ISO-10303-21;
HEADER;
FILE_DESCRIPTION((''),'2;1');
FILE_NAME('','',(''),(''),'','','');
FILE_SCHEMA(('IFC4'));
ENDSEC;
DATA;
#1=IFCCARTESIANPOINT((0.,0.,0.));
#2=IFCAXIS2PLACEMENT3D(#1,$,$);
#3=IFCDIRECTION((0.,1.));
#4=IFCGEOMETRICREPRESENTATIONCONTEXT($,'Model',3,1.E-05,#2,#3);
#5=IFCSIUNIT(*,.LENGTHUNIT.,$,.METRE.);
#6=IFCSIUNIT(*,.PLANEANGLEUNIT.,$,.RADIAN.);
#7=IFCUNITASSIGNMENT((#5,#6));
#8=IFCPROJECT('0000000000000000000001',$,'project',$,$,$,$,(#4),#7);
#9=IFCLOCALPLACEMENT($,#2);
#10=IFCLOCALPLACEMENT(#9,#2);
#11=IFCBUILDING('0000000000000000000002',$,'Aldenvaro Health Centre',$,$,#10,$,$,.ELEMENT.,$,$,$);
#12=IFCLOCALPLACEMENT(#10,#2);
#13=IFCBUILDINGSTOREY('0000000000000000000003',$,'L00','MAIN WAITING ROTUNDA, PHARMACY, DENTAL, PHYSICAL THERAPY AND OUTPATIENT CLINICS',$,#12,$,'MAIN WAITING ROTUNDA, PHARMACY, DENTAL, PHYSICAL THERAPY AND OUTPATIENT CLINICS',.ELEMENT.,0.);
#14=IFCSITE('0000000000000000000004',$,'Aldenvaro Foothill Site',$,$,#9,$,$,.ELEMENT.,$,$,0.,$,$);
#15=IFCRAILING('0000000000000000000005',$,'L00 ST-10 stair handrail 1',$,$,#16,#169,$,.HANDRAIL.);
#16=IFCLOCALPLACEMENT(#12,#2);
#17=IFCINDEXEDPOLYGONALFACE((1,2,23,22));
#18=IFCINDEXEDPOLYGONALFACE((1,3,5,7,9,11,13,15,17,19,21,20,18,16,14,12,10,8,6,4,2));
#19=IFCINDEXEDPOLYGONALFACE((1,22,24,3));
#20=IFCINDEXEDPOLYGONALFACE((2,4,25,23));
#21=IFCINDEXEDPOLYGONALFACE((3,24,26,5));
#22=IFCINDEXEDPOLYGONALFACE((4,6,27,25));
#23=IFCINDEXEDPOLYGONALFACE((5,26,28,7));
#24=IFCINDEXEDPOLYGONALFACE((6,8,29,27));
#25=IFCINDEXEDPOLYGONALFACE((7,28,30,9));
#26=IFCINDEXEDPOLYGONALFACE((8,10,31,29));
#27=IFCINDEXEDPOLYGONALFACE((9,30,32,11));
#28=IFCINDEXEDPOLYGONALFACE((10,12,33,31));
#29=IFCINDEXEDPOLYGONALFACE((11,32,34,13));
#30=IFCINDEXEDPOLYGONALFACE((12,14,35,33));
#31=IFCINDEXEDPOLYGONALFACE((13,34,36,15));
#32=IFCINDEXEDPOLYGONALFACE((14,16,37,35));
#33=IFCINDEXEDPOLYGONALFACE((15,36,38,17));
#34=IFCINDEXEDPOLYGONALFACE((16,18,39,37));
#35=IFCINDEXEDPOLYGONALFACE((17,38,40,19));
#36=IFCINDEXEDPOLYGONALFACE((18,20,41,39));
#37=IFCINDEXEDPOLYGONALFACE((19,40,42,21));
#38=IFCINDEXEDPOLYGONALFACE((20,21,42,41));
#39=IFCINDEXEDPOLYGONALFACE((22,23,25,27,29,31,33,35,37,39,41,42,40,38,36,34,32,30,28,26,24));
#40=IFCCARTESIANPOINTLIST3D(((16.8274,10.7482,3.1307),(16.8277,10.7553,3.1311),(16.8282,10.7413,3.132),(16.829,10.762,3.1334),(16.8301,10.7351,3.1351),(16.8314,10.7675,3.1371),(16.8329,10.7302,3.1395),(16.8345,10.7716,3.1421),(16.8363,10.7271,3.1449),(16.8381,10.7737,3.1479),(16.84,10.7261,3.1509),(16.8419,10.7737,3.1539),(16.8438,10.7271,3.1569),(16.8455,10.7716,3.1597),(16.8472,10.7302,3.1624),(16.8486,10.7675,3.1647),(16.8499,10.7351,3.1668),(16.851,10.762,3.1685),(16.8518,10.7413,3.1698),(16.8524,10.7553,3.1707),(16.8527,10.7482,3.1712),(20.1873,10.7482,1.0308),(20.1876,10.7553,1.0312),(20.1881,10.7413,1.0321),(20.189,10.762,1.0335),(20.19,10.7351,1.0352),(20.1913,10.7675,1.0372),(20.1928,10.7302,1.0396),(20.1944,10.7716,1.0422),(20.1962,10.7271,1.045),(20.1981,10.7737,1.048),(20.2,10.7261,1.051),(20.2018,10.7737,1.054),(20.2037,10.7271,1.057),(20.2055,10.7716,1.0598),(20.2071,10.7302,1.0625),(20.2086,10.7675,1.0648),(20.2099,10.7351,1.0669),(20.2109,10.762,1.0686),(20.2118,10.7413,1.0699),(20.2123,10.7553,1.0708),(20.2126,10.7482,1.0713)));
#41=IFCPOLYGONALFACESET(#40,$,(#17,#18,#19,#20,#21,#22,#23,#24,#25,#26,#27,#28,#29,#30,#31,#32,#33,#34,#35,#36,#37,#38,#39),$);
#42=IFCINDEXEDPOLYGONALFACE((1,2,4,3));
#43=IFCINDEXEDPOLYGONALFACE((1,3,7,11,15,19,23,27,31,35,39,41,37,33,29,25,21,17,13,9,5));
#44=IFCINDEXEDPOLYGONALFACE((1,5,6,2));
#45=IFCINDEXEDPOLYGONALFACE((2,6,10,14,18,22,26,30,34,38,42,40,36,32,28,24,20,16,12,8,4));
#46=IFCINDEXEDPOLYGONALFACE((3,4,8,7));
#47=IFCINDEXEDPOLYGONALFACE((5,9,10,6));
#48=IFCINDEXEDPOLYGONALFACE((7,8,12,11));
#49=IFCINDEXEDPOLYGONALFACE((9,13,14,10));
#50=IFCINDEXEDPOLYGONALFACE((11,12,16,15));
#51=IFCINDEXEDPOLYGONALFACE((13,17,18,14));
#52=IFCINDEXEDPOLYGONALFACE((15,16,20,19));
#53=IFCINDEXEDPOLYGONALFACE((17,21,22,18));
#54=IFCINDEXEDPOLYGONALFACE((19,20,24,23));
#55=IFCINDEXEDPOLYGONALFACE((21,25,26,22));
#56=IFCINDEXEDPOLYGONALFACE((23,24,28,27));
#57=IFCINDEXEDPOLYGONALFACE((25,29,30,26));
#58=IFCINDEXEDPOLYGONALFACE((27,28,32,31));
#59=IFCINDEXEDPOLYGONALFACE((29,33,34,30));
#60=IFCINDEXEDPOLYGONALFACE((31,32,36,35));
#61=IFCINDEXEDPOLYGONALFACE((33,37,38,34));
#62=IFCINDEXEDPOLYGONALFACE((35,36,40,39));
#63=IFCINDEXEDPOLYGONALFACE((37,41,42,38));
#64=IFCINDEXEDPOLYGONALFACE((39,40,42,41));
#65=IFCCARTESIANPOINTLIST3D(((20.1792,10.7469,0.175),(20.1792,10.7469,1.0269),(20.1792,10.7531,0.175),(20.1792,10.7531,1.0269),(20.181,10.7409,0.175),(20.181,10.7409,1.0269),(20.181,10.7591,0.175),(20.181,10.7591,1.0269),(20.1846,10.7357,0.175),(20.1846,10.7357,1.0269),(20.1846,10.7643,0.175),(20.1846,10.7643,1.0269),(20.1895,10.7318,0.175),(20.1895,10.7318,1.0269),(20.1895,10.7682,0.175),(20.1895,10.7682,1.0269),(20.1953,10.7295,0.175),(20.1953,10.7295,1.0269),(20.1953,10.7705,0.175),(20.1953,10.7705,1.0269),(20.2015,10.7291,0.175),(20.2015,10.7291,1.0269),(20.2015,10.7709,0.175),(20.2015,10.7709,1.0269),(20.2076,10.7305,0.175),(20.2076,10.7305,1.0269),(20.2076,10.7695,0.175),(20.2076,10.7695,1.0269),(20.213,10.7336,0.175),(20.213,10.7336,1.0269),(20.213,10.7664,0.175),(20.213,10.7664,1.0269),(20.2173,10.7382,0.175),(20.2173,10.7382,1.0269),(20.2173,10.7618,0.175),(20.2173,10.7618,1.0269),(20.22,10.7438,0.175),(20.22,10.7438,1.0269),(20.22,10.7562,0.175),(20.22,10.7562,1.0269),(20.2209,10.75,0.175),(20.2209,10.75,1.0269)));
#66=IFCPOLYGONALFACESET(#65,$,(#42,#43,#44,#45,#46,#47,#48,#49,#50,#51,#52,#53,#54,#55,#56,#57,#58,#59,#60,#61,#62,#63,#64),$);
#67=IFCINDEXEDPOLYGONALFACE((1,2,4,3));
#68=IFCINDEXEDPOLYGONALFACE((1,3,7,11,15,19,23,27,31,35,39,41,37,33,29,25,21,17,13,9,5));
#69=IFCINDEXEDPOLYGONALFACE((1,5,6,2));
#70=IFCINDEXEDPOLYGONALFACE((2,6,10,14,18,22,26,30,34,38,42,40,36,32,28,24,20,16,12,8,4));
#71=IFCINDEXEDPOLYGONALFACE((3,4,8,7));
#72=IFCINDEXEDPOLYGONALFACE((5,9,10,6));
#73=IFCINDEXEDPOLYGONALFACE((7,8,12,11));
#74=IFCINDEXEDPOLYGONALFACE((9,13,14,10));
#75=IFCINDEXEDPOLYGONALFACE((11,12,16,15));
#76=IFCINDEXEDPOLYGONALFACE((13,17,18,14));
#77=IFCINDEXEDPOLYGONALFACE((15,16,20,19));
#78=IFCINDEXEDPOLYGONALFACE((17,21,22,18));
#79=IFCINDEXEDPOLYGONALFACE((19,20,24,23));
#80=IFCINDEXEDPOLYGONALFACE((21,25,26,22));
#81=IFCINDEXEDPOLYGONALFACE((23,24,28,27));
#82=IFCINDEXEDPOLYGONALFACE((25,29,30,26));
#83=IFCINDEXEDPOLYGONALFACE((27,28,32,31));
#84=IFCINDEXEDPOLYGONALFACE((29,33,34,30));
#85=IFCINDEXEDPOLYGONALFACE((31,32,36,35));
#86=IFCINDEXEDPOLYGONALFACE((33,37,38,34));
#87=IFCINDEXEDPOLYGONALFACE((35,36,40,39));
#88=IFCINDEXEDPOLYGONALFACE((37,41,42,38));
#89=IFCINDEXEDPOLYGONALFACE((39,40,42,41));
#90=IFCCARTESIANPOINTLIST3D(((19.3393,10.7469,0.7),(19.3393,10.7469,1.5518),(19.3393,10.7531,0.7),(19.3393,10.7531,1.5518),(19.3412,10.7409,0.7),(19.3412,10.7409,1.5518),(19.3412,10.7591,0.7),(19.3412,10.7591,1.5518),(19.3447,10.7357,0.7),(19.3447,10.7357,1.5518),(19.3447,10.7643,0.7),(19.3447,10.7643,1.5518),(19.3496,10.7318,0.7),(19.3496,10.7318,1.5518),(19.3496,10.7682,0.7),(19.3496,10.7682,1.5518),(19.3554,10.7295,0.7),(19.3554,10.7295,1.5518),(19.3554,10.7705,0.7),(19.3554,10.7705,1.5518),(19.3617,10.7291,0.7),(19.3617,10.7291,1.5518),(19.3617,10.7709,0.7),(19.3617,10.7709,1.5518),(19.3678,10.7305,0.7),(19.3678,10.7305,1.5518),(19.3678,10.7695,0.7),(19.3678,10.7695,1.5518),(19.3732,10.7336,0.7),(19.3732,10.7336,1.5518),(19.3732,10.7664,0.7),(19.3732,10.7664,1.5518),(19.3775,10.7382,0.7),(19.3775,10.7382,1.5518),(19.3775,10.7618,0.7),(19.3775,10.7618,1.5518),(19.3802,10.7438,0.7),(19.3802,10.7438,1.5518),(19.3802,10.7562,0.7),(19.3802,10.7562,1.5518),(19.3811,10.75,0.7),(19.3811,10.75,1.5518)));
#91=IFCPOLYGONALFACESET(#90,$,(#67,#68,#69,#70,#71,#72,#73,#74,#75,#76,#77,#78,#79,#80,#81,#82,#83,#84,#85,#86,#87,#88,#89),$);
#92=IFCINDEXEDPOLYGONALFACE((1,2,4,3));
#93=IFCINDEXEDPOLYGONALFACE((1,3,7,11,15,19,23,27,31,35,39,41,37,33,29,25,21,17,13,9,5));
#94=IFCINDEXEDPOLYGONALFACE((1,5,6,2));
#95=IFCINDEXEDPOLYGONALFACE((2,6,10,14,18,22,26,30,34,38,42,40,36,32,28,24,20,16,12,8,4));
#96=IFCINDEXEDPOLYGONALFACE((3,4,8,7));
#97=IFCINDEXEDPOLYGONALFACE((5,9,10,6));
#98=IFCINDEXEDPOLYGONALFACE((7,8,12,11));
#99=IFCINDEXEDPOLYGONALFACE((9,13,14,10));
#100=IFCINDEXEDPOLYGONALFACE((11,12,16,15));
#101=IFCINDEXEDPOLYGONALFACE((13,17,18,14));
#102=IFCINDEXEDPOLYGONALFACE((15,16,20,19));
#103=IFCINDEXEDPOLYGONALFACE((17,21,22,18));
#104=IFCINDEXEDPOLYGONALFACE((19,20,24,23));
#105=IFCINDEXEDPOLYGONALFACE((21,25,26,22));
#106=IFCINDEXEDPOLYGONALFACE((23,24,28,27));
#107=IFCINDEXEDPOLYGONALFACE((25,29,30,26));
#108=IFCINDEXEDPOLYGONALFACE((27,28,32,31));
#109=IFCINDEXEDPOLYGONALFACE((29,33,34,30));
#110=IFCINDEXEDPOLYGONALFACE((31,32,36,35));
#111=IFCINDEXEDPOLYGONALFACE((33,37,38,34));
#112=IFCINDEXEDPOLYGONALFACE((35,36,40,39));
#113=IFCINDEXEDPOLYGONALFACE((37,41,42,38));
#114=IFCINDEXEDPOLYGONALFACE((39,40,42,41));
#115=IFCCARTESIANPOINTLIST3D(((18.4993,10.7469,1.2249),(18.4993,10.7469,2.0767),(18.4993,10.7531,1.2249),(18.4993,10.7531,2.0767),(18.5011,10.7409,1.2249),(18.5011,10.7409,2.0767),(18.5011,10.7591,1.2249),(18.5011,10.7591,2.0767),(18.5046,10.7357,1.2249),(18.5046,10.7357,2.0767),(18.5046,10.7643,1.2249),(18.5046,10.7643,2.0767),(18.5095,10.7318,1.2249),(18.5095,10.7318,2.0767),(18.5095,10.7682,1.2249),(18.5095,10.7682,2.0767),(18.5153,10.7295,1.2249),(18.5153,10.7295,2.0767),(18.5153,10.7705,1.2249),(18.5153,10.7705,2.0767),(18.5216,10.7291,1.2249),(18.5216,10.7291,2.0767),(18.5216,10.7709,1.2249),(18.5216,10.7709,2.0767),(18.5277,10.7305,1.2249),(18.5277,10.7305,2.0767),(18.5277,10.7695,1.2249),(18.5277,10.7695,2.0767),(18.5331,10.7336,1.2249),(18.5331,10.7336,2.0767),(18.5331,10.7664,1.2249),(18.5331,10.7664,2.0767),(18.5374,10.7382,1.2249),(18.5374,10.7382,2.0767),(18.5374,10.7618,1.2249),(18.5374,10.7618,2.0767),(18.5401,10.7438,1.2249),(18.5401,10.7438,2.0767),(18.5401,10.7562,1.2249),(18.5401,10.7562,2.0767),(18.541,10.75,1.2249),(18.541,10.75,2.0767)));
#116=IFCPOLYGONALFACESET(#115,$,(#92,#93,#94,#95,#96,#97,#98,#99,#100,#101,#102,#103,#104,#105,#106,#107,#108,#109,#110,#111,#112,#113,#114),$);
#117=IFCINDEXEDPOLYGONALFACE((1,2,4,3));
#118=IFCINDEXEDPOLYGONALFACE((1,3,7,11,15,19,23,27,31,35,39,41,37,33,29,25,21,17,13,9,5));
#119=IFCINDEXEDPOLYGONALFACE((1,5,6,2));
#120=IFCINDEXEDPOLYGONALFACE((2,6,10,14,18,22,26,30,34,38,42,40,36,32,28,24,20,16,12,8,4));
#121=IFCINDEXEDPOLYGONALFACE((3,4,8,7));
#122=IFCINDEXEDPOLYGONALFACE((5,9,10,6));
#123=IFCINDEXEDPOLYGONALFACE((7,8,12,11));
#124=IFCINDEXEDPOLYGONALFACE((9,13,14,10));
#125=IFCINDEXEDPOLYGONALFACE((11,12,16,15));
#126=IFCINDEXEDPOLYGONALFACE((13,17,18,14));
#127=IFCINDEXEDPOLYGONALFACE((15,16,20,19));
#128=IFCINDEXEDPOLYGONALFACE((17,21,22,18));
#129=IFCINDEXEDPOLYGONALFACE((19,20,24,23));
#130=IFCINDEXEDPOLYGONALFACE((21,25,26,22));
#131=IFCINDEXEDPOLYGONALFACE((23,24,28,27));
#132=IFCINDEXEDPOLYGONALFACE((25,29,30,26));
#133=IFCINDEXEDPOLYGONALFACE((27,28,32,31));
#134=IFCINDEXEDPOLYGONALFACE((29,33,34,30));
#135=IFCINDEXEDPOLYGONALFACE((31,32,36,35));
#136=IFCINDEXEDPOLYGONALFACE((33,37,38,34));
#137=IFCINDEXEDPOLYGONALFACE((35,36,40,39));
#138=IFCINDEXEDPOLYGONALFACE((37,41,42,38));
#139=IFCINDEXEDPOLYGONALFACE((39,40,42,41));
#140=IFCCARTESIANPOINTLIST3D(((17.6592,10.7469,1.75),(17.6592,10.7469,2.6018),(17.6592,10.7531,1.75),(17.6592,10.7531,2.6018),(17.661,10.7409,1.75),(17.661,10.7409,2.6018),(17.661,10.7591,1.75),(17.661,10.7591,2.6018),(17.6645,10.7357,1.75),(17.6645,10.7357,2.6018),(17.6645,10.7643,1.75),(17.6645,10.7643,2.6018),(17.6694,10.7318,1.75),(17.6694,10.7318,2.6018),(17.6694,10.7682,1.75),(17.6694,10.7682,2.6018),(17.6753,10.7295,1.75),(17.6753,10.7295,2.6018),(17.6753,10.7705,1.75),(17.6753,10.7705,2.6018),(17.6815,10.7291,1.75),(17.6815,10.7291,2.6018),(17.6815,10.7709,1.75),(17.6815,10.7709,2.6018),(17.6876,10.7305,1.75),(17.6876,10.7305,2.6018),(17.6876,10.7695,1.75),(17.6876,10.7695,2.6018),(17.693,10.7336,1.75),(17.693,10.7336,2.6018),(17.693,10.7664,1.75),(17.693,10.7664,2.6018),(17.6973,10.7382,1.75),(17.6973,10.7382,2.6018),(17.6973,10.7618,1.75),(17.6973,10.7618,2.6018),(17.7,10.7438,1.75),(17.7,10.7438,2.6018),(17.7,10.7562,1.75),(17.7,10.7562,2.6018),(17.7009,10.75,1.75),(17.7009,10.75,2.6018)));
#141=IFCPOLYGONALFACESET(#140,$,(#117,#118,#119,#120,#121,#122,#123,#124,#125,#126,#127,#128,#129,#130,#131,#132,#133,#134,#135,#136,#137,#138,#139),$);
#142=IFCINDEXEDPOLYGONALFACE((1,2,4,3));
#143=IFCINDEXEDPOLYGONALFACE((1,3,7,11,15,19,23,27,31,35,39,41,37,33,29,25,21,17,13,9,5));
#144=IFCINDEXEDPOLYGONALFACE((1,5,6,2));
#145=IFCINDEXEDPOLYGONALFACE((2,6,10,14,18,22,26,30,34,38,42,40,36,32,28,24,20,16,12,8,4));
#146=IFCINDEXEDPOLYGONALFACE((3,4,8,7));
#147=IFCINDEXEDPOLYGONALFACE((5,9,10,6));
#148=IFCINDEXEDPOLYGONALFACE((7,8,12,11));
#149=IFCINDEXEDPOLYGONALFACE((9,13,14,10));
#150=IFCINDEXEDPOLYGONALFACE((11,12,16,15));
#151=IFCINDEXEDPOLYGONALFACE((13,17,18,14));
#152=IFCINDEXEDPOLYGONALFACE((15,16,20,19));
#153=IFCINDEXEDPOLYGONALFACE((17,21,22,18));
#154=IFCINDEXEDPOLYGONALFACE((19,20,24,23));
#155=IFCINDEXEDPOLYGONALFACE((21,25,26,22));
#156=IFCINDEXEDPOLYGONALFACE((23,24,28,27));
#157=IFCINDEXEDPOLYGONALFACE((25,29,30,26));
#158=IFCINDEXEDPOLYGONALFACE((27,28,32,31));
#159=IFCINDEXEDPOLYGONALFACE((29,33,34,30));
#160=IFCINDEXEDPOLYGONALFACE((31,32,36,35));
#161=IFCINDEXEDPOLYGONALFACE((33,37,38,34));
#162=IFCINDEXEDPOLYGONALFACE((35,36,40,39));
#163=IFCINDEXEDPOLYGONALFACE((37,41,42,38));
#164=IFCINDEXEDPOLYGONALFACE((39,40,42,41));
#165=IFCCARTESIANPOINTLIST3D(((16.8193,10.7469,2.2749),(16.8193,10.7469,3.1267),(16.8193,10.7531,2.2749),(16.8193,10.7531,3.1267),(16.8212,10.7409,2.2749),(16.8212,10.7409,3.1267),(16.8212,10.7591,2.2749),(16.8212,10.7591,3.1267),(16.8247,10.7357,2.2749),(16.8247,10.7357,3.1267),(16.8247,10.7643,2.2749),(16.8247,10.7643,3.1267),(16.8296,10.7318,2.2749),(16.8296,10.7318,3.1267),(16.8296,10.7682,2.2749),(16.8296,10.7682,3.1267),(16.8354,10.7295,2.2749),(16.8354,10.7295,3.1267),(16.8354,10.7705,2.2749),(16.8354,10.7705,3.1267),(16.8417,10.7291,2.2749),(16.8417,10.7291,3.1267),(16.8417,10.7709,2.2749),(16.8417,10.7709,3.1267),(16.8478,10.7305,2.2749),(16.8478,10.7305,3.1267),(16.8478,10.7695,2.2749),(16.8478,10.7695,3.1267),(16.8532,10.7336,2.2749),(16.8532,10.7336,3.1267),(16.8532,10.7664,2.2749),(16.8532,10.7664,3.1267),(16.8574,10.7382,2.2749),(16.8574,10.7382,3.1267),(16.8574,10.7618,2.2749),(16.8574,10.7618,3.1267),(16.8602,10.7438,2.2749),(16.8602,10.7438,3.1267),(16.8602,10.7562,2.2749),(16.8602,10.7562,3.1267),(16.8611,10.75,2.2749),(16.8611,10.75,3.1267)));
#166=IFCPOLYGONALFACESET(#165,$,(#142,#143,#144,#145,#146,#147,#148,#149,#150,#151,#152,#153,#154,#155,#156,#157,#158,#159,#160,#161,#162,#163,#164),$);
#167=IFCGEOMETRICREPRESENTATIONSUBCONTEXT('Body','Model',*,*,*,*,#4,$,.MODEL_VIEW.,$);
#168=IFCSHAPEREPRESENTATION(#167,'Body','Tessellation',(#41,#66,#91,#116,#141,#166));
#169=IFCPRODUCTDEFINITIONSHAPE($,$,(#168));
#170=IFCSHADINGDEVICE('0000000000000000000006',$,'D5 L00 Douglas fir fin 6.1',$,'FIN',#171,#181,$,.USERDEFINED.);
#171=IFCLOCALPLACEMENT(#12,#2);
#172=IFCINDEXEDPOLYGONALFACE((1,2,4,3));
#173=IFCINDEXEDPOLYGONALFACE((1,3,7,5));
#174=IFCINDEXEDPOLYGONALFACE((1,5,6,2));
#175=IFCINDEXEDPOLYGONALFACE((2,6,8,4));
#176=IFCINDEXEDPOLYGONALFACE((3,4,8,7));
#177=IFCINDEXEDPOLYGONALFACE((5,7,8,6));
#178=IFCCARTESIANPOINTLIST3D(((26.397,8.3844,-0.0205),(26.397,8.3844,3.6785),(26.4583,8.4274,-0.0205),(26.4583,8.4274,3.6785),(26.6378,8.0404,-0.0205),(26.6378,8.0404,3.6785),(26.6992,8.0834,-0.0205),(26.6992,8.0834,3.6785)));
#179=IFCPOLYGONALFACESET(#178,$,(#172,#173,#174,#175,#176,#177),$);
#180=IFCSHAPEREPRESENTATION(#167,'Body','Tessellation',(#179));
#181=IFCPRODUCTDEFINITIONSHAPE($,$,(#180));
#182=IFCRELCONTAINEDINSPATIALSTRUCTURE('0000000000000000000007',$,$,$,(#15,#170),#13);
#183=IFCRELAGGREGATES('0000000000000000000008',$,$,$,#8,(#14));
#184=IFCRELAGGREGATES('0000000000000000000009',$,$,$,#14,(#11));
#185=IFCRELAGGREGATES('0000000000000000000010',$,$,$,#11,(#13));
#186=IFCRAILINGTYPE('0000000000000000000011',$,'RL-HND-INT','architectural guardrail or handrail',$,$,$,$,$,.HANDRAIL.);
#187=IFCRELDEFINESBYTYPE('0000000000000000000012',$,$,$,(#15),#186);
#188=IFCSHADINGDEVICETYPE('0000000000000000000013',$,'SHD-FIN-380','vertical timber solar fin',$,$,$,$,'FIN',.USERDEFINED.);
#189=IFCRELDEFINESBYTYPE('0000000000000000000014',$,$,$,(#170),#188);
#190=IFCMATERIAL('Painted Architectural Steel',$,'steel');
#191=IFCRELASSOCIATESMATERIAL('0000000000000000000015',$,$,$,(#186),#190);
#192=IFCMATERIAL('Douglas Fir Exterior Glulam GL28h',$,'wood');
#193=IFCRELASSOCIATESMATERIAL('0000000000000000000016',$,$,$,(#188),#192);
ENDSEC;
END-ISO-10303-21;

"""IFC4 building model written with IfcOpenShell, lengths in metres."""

from ifc_helpers import new_model, si_unit, direction, frame, origin, origin_2d, place, context, subcontext, project, spatial, rectangle, circle, extrude, material, type_object, element, save


model = new_model("IFC4")

# Units and contexts
model_context = context("Model", 3, precision=1e-05, world=origin(), true_north=direction((0.0, 1.0)))
body_context = subcontext(model_context, "Body", "Model", "MODEL_VIEW")
ifc_project = project(units=[si_unit("LENGTHUNIT", "METRE"), si_unit("PLANEANGLEUNIT", "RADIAN")], contexts=[model_context])

# Site, building, storey
site_placement = place(None, origin())
site = spatial("IfcSite", under=ifc_project, at=site_placement, Name="Aldenvaro Foothill Site", CompositionType="ELEMENT", RefElevation=0.0)
building_placement = place(site_placement, origin())
building = spatial("IfcBuilding", under=site, at=building_placement, Name="Aldenvaro Health Centre", CompositionType="ELEMENT")
storey_placement = place(building_placement, origin())
storey = spatial("IfcBuildingStorey", under=building, at=storey_placement, Name="L00", Description="MAIN WAITING ROTUNDA, PHARMACY, DENTAL, PHYSICAL THERAPY AND OUTPATIENT CLINICS", LongName="MAIN WAITING ROTUNDA, PHARMACY, DENTAL, PHYSICAL THERAPY AND OUTPATIENT CLINICS", CompositionType="ELEMENT", Elevation=0.0)

# Railing
ifc_material_1 = material(Name="Painted Architectural Steel", Category="steel")
railing_type_1 = type_object("IfcRailingType", Name="RL-HND-INT", Description="architectural guardrail or handrail", PredefinedType="HANDRAIL", material=ifc_material_1)
railing_1_placement = place(storey_placement, frame((20.2, 10.75, 0.175)))
element("IfcRailing", 1, at=railing_1_placement, inside=storey, type_object=railing_type_1, Name="L00 ST-10 stair handrail 1", PredefinedType="HANDRAIL", context=body_context, shape_type="SweptSolid", body=[
    extrude(circle(Radius=0.0239, at=origin_2d()), frame((0.0, 0.0, 0.876), z_axis=(-0.848005, 0.0, 0.529988), x_axis=(0.0, -1.0, 0.0)), (0.0, 0.0, 1.0), 3.9622),
    extrude(circle(Radius=0.021, at=origin_2d()), origin(), (0.0, 0.0, 1.0), 0.8518),
    extrude(circle(Radius=0.021, at=origin_2d()), frame((-0.8398, 0.0, 0.5249)), (0.0, 0.0, 1.0), 0.8518),
    extrude(circle(Radius=0.021, at=origin_2d()), frame((-1.6799, 0.0, 1.0498)), (0.0, 0.0, 1.0), 0.8518),
    extrude(circle(Radius=0.021, at=origin_2d()), frame((-2.52, 0.0, 1.575)), (0.0, 0.0, 1.0), 0.8518),
    extrude(circle(Radius=0.021, at=origin_2d()), frame((-3.3599, 0.0, 2.0999)), (0.0, 0.0, 1.0), 0.8518),
])

# Shading device
ifc_material_2 = material(Name="Douglas Fir Exterior Glulam GL28h", Category="wood")
shading_device_type = type_object("IfcShadingDeviceType", Name="SHD-FIN-380", Description="vertical timber solar fin", ElementType="FIN", PredefinedType="USERDEFINED", material=ifc_material_2)
shading_device_placement = place(storey_placement, frame((26.5481, 8.2339, -0.0205), z_axis=(0.0, 0.0, 1.0), x_axis=(-0.819107, -0.573641, 0.0)))
element("IfcShadingDevice", 2, at=shading_device_placement, inside=storey, type_object=shading_device_type, Name="D5 L00 Douglas fir fin 6.1", ObjectType="FIN", PredefinedType="USERDEFINED", context=body_context, shape_type="SweptSolid", body=[
    extrude(rectangle(XDim=0.075, YDim=0.4199, at=origin_2d()), origin(), (0.0, 0.0, 1.0), 3.699),
])

save(model, "model.ifc")
